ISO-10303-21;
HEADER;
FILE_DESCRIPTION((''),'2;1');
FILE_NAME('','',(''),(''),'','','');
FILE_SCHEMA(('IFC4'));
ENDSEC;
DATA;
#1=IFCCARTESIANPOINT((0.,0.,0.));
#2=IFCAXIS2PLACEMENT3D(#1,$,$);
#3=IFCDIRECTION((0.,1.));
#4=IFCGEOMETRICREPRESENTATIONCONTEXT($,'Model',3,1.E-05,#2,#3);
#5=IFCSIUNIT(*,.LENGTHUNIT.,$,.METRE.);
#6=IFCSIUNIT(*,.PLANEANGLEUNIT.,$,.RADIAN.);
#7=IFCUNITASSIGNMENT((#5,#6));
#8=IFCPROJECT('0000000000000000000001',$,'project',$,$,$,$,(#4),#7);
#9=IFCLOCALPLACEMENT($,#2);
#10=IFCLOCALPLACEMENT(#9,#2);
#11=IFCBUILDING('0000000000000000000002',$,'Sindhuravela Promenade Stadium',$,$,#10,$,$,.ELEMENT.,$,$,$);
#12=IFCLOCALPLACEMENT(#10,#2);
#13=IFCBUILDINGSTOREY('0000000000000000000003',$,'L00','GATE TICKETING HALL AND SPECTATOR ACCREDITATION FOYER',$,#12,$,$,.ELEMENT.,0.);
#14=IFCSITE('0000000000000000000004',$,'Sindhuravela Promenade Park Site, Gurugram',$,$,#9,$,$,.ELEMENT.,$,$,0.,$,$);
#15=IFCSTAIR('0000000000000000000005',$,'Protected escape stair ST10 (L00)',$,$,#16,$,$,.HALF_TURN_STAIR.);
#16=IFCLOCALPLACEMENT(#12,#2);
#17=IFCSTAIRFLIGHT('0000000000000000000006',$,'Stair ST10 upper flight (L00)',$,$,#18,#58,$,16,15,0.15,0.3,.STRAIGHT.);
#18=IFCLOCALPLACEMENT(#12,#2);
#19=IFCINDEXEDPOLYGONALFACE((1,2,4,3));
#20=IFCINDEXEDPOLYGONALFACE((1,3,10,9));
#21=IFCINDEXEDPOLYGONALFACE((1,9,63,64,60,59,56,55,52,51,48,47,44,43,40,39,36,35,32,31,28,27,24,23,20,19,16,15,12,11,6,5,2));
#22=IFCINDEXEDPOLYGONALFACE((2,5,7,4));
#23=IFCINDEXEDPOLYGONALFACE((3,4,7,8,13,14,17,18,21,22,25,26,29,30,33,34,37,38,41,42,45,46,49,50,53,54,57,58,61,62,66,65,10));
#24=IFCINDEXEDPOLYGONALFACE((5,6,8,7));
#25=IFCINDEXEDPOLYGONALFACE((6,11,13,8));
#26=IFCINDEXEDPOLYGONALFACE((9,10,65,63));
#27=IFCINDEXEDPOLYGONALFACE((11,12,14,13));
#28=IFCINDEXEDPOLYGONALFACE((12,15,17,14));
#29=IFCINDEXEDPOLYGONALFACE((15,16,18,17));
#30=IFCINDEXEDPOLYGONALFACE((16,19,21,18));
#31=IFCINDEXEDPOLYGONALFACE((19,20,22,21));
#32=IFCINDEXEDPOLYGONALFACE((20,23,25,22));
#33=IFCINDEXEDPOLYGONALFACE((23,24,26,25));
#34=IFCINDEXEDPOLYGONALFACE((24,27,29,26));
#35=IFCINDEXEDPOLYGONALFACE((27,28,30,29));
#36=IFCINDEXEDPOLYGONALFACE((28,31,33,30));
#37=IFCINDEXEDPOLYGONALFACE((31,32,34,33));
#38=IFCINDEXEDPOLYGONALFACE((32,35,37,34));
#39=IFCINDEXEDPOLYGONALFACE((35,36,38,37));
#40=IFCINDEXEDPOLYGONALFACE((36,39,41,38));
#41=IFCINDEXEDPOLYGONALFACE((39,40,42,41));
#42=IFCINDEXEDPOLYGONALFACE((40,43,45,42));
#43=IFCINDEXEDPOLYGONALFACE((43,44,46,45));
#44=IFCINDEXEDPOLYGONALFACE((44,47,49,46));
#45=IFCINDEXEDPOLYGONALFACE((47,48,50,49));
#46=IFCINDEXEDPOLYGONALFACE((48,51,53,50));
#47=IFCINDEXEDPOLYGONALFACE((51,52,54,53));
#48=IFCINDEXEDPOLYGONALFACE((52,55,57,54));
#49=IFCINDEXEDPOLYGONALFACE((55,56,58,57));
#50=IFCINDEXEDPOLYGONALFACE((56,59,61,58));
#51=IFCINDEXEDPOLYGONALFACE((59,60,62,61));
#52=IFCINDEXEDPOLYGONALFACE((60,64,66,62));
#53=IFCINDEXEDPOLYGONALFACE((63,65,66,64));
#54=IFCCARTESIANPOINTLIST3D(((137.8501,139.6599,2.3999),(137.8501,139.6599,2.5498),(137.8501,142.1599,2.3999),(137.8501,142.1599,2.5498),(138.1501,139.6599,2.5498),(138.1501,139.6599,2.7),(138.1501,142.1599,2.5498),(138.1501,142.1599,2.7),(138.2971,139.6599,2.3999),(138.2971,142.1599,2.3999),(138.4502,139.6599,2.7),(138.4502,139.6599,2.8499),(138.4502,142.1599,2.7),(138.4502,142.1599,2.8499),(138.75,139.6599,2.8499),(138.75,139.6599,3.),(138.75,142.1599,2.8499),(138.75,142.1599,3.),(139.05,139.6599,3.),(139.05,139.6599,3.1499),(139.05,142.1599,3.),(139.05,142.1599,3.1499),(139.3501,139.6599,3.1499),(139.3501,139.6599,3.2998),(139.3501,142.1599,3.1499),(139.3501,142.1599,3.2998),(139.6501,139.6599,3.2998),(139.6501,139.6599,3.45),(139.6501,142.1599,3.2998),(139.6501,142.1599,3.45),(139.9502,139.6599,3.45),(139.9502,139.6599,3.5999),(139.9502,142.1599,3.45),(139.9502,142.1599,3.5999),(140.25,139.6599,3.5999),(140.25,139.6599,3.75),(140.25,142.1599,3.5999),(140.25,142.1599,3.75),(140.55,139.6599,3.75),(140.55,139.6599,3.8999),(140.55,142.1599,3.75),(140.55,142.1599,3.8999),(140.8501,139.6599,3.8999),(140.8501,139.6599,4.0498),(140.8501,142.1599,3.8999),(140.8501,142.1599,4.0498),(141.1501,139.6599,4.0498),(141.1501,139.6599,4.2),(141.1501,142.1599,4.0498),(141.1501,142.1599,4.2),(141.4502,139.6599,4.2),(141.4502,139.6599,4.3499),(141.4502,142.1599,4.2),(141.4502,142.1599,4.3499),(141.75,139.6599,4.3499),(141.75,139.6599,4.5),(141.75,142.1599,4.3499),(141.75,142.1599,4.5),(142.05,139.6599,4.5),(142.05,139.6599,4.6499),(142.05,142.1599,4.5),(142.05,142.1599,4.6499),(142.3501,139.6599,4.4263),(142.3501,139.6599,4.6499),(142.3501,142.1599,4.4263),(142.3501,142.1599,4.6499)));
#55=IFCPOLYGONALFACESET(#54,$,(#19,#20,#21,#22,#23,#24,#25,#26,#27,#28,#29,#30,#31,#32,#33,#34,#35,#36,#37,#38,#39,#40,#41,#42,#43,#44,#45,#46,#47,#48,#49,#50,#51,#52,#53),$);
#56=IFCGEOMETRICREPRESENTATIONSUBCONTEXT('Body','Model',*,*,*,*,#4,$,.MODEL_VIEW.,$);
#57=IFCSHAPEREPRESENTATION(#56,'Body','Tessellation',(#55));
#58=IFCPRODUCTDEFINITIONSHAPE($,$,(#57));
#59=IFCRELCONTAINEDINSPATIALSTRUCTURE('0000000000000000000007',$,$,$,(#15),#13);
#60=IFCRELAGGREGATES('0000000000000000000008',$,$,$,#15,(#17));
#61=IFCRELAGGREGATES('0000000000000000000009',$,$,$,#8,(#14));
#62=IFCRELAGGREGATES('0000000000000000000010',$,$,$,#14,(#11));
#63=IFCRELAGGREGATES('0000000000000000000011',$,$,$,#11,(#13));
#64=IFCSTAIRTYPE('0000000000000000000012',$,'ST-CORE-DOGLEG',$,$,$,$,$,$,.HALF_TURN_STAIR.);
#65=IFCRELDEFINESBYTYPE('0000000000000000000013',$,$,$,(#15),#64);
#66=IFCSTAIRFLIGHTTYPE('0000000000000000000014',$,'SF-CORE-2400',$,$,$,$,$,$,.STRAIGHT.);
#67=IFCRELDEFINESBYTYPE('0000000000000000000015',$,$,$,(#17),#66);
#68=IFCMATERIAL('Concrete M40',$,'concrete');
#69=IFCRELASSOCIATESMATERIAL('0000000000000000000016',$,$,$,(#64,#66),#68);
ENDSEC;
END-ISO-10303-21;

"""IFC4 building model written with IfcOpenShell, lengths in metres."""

from ifc_helpers import new_model, si_unit, direction, frame, origin, place, context, subcontext, project, spatial, polyline, outline, extrude, material, type_object, element, aggregate, save


model = new_model("IFC4")

# Units and contexts
model_context = context("Model", 3, precision=1e-05, world=origin(), true_north=direction((0.0, 1.0)))
body_context = subcontext(model_context, "Body", "Model", "MODEL_VIEW")
ifc_project = project(units=[si_unit("LENGTHUNIT", "METRE"), si_unit("PLANEANGLEUNIT", "RADIAN")], contexts=[model_context])

# Site, building, storey
site_placement = place(None, origin())
site = spatial("IfcSite", under=ifc_project, at=site_placement, Name="Sindhuravela Promenade Park Site, Gurugram", CompositionType="ELEMENT", RefElevation=0.0)
building_placement = place(site_placement, origin())
building = spatial("IfcBuilding", under=site, at=building_placement, Name="Sindhuravela Promenade Stadium", CompositionType="ELEMENT")
storey_placement = place(building_placement, origin())
storey = spatial("IfcBuildingStorey", under=building, at=storey_placement, Name="L00", Description="GATE TICKETING HALL AND SPECTATOR ACCREDITATION FOYER", CompositionType="ELEMENT", Elevation=0.0)

# Shared definitions
ifc_material_1 = material(Name="Concrete M40", Category="concrete")

# Stair, stair flight
stair_type = type_object("IfcStairType", Name="ST-CORE-DOGLEG", PredefinedType="HALF_TURN_STAIR", material=ifc_material_1)
stair_placement = place(storey_placement, origin())
stair = element("IfcStair", 1, at=stair_placement, inside=storey, type_object=stair_type, Name="Protected escape stair ST10 (L00)", PredefinedType="HALF_TURN_STAIR")
stair_flight_type = type_object("IfcStairFlightType", Name="SF-CORE-2400", PredefinedType="STRAIGHT", material=ifc_material_1)
stair_flight_1_placement = place(storey_placement, frame((137.8501, 140.9099, 2.3999), z_axis=(0.0, 0.0, 1.0), x_axis=(1.0, 0.0, 0.0)))
stair_flight_1 = element("IfcStairFlight", 2, at=stair_flight_1_placement, type_object=stair_flight_type, Name="Stair ST10 upper flight (L00)", NumberOfRisers=16, NumberOfTreads=15, PredefinedType="STRAIGHT", RiserHeight=0.15, TreadLength=0.3, context=body_context, shape_type="SweptSolid", body=[
    extrude(outline(polyline([(0.0, 0.0), (0.0, 0.1499), (0.3, 0.1499), (0.3, 0.3), (0.6001, 0.3), (0.6001, 0.45), (0.8999, 0.45), (0.8999, 0.6001), (1.2, 0.6001), (1.2, 0.75), (1.5, 0.75), (1.5, 0.8999), (1.8, 0.8999), (1.8, 1.05), (2.1001, 1.05), (2.1001, 1.2), (2.3999, 1.2), (2.3999, 1.3501), (2.7, 1.3501), (2.7, 1.5), (3.0, 1.5), (3.0, 1.6499), (3.3, 1.6499), (3.3, 1.8), (3.6001, 1.8), (3.6001, 1.95), (3.8999, 1.95), (3.8999, 2.1001), (4.2, 2.1001), (4.2, 2.25), (4.5, 2.25), (4.5, 2.3999), (4.5, 2.0264), (0.447, 0.0), (0.0, 0.0)])), frame((0.0, 1.25, 0.0), z_axis=(0.0, -1.0, 0.0), x_axis=(1.0, 0.0, 0.0)), (0.0, 0.0, 1.0), 2.5),
])
aggregate(stair, [stair_flight_1])

save(model, "model.ifc")
